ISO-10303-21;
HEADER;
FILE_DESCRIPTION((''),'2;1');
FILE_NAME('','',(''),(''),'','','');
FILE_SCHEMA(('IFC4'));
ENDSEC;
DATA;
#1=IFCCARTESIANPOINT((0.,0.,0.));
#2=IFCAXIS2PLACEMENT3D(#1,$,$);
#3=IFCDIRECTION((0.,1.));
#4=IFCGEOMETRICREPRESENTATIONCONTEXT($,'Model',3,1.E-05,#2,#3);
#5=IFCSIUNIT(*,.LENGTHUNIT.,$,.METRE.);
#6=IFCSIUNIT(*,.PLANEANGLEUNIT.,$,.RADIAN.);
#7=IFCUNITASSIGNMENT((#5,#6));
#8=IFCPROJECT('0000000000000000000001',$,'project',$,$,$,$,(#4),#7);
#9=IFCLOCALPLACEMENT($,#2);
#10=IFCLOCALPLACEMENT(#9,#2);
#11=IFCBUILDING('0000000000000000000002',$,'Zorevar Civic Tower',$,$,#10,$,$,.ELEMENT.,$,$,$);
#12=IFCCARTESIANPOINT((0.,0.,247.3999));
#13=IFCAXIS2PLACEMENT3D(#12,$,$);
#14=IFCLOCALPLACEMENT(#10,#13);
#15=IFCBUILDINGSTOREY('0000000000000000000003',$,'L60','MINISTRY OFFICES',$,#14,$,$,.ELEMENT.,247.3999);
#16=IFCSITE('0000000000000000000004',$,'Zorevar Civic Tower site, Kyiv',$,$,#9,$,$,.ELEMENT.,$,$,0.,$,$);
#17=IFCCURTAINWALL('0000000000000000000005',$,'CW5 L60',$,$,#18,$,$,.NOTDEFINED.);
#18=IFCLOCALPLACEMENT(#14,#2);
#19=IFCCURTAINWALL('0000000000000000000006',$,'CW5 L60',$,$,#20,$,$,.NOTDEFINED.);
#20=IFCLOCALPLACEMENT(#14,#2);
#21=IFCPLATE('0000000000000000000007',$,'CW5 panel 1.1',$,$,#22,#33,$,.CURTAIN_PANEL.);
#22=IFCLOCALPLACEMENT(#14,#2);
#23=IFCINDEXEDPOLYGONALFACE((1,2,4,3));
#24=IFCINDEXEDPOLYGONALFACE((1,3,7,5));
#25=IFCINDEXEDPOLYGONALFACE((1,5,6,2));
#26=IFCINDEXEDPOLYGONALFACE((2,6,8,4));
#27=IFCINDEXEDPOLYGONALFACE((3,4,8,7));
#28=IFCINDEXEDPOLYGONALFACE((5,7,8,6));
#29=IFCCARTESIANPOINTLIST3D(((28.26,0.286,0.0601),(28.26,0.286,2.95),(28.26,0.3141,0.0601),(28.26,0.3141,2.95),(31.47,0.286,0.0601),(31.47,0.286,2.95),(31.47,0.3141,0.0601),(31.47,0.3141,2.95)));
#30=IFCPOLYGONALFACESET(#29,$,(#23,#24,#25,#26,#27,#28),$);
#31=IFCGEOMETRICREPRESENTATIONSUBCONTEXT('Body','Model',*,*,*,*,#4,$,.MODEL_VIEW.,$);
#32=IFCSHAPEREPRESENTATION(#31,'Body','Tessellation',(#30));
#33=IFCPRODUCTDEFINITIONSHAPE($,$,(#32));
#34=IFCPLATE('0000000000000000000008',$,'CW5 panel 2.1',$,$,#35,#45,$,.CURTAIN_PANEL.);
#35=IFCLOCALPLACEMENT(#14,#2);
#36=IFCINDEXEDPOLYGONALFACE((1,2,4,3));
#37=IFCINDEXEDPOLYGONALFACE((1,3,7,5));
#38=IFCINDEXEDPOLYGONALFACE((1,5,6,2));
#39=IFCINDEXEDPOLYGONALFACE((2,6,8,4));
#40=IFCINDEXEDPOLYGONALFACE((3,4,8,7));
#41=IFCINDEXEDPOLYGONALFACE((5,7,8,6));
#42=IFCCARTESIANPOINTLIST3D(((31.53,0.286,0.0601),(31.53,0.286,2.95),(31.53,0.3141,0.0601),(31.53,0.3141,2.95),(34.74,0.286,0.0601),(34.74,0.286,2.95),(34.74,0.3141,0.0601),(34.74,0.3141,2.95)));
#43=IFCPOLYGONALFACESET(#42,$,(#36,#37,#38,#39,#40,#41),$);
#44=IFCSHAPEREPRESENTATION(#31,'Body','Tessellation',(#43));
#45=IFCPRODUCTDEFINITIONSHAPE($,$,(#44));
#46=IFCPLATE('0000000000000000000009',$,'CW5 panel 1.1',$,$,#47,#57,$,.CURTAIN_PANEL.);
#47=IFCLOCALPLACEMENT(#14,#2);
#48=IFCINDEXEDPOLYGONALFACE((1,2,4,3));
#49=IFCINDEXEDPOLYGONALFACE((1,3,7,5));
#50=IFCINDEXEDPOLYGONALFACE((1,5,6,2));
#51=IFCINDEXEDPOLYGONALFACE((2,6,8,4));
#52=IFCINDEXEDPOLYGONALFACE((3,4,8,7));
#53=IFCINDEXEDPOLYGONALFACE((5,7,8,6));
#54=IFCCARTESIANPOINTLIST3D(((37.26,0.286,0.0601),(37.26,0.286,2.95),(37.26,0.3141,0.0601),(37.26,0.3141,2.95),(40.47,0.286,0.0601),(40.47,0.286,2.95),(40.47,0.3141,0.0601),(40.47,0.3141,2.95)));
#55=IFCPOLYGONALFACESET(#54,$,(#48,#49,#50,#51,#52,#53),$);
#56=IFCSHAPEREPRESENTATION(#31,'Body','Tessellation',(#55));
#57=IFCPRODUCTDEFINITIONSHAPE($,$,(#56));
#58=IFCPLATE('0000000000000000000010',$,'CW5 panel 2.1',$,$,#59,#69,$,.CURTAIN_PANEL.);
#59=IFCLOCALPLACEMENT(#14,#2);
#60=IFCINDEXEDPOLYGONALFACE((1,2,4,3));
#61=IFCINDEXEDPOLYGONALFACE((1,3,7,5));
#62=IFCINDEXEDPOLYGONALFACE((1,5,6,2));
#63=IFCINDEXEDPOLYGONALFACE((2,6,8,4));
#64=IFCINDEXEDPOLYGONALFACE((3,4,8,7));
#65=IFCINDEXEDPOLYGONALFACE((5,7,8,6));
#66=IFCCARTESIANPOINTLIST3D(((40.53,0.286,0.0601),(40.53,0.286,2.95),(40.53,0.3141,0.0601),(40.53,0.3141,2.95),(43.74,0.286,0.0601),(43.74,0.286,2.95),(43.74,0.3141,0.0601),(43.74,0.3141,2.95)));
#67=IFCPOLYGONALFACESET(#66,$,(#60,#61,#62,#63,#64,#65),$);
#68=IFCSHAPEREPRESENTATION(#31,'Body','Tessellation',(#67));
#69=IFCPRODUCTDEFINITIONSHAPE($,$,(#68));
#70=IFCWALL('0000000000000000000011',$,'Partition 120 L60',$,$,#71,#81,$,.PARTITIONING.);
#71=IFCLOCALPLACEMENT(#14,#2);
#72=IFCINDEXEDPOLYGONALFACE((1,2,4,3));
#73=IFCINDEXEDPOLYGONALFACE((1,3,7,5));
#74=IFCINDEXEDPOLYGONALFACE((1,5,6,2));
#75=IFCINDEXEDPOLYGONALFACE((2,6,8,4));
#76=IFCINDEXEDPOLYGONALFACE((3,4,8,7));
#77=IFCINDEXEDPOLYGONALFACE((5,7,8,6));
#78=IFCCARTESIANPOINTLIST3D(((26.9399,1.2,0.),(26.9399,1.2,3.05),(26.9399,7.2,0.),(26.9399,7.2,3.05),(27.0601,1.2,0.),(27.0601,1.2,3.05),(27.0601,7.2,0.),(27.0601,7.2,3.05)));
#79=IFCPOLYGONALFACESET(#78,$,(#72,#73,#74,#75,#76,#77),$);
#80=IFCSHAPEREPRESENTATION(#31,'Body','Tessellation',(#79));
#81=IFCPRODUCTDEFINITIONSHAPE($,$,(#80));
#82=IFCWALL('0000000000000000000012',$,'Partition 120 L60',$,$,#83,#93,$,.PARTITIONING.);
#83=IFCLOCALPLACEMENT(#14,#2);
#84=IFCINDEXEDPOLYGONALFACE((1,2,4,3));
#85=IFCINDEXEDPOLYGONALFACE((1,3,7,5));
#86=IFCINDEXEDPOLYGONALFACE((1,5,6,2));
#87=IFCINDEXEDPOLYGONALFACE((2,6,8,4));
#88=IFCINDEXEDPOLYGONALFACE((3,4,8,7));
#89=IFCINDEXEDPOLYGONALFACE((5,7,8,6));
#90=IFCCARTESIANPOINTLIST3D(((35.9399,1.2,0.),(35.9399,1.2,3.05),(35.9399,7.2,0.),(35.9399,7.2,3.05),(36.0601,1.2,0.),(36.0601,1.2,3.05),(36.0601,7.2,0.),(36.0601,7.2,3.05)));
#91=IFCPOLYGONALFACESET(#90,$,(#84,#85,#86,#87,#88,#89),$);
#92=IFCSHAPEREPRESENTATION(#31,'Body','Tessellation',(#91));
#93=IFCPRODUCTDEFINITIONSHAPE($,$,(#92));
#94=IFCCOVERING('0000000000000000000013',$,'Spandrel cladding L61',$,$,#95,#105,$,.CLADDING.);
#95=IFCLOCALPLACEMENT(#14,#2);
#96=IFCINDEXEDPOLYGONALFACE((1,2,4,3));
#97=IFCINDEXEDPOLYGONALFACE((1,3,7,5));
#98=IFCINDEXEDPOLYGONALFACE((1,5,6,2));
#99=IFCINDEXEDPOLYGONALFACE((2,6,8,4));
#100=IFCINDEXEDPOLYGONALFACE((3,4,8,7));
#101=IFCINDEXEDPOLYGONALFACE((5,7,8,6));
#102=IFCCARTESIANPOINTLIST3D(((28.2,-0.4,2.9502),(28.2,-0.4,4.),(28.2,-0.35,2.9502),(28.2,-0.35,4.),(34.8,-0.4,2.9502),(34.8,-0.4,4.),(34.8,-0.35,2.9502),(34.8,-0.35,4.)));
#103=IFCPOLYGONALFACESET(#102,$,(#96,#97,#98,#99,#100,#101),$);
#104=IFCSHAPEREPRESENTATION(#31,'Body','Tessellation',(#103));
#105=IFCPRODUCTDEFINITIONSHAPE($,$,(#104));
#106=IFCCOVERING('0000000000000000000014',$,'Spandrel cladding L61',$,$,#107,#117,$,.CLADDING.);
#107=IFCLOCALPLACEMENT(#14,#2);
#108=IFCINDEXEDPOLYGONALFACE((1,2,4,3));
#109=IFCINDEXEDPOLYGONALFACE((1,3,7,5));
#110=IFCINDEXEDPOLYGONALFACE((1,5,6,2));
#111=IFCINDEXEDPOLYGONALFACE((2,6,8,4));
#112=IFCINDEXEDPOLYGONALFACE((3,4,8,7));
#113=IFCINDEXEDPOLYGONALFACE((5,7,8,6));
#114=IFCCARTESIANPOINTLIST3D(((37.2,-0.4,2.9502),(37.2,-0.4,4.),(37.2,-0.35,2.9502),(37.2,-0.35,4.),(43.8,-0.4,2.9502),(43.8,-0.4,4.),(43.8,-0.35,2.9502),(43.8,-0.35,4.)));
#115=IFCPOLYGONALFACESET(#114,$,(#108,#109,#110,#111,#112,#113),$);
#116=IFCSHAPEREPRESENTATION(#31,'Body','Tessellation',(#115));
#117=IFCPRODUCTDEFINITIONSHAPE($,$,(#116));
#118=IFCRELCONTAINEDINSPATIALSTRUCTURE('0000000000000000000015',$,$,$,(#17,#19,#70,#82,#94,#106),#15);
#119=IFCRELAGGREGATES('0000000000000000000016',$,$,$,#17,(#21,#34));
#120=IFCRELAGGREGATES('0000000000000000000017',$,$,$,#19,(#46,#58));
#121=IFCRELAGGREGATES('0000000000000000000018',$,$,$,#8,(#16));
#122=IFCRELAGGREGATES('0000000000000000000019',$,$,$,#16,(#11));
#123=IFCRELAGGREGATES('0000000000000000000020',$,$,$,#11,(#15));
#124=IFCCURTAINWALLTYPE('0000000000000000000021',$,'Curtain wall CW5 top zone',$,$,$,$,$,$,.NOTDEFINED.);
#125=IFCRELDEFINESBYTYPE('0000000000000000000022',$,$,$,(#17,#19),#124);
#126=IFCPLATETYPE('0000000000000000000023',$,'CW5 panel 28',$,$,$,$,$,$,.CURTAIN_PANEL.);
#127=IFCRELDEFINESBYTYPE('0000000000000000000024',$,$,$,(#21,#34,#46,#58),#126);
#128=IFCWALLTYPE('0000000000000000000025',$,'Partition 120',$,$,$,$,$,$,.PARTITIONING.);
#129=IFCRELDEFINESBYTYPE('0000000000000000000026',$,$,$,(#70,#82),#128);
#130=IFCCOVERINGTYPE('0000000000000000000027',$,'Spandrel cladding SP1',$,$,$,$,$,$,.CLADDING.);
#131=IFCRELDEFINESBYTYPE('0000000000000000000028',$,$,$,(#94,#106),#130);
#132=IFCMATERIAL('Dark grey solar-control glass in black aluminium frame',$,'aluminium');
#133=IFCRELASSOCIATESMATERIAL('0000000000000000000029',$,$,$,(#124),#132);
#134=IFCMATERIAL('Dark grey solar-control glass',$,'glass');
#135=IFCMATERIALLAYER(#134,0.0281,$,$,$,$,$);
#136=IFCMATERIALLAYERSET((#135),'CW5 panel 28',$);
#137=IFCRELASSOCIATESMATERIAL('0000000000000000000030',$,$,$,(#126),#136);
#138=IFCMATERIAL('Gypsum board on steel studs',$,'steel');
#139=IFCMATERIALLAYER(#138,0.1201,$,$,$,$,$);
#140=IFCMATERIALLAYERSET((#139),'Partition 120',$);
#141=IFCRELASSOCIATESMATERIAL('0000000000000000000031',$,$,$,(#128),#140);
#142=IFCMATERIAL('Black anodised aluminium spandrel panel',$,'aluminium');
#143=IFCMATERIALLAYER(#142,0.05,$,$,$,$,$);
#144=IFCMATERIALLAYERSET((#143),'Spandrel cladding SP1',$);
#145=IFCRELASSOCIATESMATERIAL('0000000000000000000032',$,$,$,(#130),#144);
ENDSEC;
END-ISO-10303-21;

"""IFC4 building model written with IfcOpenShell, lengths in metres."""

from ifc_helpers import new_model, si_unit, direction, frame, frame_2d, origin, origin_2d, place, context, subcontext, project, spatial, rectangle, extrude, material, layer, layer_set, type_object, element, aggregate, save


model = new_model("IFC4")

# Units and contexts
model_context = context("Model", 3, precision=1e-05, world=origin(), true_north=direction((0.0, 1.0)))
body_context = subcontext(model_context, "Body", "Model", "MODEL_VIEW")
ifc_project = project(units=[si_unit("LENGTHUNIT", "METRE"), si_unit("PLANEANGLEUNIT", "RADIAN")], contexts=[model_context])

# Site, building, storey
site_placement = place(None, origin())
site = spatial("IfcSite", under=ifc_project, at=site_placement, Name="Zorevar Civic Tower site, Kyiv", CompositionType="ELEMENT", RefElevation=0.0)
building_placement = place(site_placement, origin())
building = spatial("IfcBuilding", under=site, at=building_placement, Name="Zorevar Civic Tower", CompositionType="ELEMENT")
storey_placement = place(building_placement, frame((0.0, 0.0, 247.3999)))
storey = spatial("IfcBuildingStorey", under=building, at=storey_placement, Name="L60", Description="MINISTRY OFFICES", CompositionType="ELEMENT", Elevation=247.3999)

# Curtain walls
ifc_material_1 = material(Name="Dark grey solar-control glass in black aluminium frame", Category="aluminium")
curtain_wall_type = type_object("IfcCurtainWallType", Name="Curtain wall CW5 top zone", PredefinedType="NOTDEFINED", material=ifc_material_1)
curtain_wall_1_placement = place(storey_placement, origin())
curtain_wall_1 = element("IfcCurtainWall", 1, at=curtain_wall_1_placement, inside=storey, type_object=curtain_wall_type, Name="CW5 L60", PredefinedType="NOTDEFINED")
curtain_wall_2_placement = place(storey_placement, origin())
curtain_wall_2 = element("IfcCurtainWall", 2, at=curtain_wall_2_placement, inside=storey, type_object=curtain_wall_type, Name="CW5 L60", PredefinedType="NOTDEFINED")

# Plates
ifc_material_2 = material(Name="Dark grey solar-control glass", Category="glass")
ifc_layer_1 = layer(ifc_material_2, 0.0281)
ifc_layer_set_1 = layer_set([ifc_layer_1], Name="CW5 panel 28")
plate_type = type_object("IfcPlateType", Name="CW5 panel 28", PredefinedType="CURTAIN_PANEL", material=ifc_layer_set_1)
plate_1_placement = place(storey_placement, frame((29.865, 0.3, 0.0601), z_axis=(0.0, 0.0, 1.0), x_axis=(1.0, 0.0, 0.0)))
plate_1 = element("IfcPlate", 3, at=plate_1_placement, type_object=plate_type, Name="CW5 panel 1.1", PredefinedType="CURTAIN_PANEL", context=body_context, shape_type="SweptSolid", body=[
    extrude(rectangle(XDim=3.21, YDim=0.0281, at=origin_2d()), origin(), (0.0, 0.0, 1.0), 2.8899),
])
plate_2_placement = place(storey_placement, frame((33.135, 0.3, 0.0601), z_axis=(0.0, 0.0, 1.0), x_axis=(1.0, 0.0, 0.0)))
plate_2 = element("IfcPlate", 4, at=plate_2_placement, type_object=plate_type, Name="CW5 panel 2.1", PredefinedType="CURTAIN_PANEL", context=body_context, shape_type="SweptSolid", body=[
    extrude(rectangle(XDim=3.21, YDim=0.0281, at=origin_2d()), origin(), (0.0, 0.0, 1.0), 2.8899),
])
aggregate(curtain_wall_1, [plate_1, plate_2])
plate_3_placement = place(storey_placement, frame((38.865, 0.3, 0.0601), z_axis=(0.0, 0.0, 1.0), x_axis=(1.0, 0.0, 0.0)))
plate_3 = element("IfcPlate", 5, at=plate_3_placement, type_object=plate_type, Name="CW5 panel 1.1", PredefinedType="CURTAIN_PANEL", context=body_context, shape_type="SweptSolid", body=[
    extrude(rectangle(XDim=3.21, YDim=0.0281, at=origin_2d()), origin(), (0.0, 0.0, 1.0), 2.8899),
])
plate_4_placement = place(storey_placement, frame((42.135, 0.3, 0.0601), z_axis=(0.0, 0.0, 1.0), x_axis=(1.0, 0.0, 0.0)))
plate_4 = element("IfcPlate", 6, at=plate_4_placement, type_object=plate_type, Name="CW5 panel 2.1", PredefinedType="CURTAIN_PANEL", context=body_context, shape_type="SweptSolid", body=[
    extrude(rectangle(XDim=3.21, YDim=0.0281, at=origin_2d()), origin(), (0.0, 0.0, 1.0), 2.8899),
])
aggregate(curtain_wall_2, [plate_3, plate_4])

# Walls
ifc_material_3 = material(Name="Gypsum board on steel studs", Category="steel")
ifc_layer_2 = layer(ifc_material_3, 0.1201)
ifc_layer_set_2 = layer_set([ifc_layer_2], Name="Partition 120")
wall_type = type_object("IfcWallType", Name="Partition 120", PredefinedType="PARTITIONING", material=ifc_layer_set_2)
for number, where, z_axis, x_axis, name in (
    (7, (27.0, 1.2, 0.0), (0.0, 0.0, 1.0), (0.0, 1.0, 0.0), "Partition 120 L60"),
    (8, (36.0, 1.2, 0.0), (0.0, 0.0, 1.0), (0.0, 1.0, 0.0), "Partition 120 L60"),
):
    element("IfcWall", number, at=place(storey_placement, frame(where, z_axis=z_axis, x_axis=x_axis)), inside=storey, type_object=wall_type, Name=name, PredefinedType="PARTITIONING", context=body_context, shape_type="SweptSolid", body=[
        extrude(rectangle(XDim=6.0, YDim=0.1201, at=frame_2d((3.0, 0.0))), origin(), (0.0, 0.0, 1.0), 3.05),
    ])

# Coverings
ifc_material_4 = material(Name="Black anodised aluminium spandrel panel", Category="aluminium")
ifc_layer_3 = layer(ifc_material_4, 0.05)
ifc_layer_set_3 = layer_set([ifc_layer_3], Name="Spandrel cladding SP1")
covering_type = type_object("IfcCoveringType", Name="Spandrel cladding SP1", PredefinedType="CLADDING", material=ifc_layer_set_3)
for number, where, z_axis, x_axis, name in (
    (9, (28.2, -0.375, 2.9502), (0.0, 0.0, 1.0), (1.0, 0.0, 0.0), "Spandrel cladding L61"),
    (10, (37.2, -0.375, 2.9502), (0.0, 0.0, 1.0), (1.0, 0.0, 0.0), "Spandrel cladding L61"),
):
    element("IfcCovering", number, at=place(storey_placement, frame(where, z_axis=z_axis, x_axis=x_axis)), inside=storey, type_object=covering_type, Name=name, PredefinedType="CLADDING", context=body_context, shape_type="SweptSolid", body=[
        extrude(rectangle(XDim=6.6001, YDim=0.05, at=frame_2d((3.3, 0.0))), origin(), (0.0, 0.0, 1.0), 1.0498),
    ])

save(model, "model.ifc")
